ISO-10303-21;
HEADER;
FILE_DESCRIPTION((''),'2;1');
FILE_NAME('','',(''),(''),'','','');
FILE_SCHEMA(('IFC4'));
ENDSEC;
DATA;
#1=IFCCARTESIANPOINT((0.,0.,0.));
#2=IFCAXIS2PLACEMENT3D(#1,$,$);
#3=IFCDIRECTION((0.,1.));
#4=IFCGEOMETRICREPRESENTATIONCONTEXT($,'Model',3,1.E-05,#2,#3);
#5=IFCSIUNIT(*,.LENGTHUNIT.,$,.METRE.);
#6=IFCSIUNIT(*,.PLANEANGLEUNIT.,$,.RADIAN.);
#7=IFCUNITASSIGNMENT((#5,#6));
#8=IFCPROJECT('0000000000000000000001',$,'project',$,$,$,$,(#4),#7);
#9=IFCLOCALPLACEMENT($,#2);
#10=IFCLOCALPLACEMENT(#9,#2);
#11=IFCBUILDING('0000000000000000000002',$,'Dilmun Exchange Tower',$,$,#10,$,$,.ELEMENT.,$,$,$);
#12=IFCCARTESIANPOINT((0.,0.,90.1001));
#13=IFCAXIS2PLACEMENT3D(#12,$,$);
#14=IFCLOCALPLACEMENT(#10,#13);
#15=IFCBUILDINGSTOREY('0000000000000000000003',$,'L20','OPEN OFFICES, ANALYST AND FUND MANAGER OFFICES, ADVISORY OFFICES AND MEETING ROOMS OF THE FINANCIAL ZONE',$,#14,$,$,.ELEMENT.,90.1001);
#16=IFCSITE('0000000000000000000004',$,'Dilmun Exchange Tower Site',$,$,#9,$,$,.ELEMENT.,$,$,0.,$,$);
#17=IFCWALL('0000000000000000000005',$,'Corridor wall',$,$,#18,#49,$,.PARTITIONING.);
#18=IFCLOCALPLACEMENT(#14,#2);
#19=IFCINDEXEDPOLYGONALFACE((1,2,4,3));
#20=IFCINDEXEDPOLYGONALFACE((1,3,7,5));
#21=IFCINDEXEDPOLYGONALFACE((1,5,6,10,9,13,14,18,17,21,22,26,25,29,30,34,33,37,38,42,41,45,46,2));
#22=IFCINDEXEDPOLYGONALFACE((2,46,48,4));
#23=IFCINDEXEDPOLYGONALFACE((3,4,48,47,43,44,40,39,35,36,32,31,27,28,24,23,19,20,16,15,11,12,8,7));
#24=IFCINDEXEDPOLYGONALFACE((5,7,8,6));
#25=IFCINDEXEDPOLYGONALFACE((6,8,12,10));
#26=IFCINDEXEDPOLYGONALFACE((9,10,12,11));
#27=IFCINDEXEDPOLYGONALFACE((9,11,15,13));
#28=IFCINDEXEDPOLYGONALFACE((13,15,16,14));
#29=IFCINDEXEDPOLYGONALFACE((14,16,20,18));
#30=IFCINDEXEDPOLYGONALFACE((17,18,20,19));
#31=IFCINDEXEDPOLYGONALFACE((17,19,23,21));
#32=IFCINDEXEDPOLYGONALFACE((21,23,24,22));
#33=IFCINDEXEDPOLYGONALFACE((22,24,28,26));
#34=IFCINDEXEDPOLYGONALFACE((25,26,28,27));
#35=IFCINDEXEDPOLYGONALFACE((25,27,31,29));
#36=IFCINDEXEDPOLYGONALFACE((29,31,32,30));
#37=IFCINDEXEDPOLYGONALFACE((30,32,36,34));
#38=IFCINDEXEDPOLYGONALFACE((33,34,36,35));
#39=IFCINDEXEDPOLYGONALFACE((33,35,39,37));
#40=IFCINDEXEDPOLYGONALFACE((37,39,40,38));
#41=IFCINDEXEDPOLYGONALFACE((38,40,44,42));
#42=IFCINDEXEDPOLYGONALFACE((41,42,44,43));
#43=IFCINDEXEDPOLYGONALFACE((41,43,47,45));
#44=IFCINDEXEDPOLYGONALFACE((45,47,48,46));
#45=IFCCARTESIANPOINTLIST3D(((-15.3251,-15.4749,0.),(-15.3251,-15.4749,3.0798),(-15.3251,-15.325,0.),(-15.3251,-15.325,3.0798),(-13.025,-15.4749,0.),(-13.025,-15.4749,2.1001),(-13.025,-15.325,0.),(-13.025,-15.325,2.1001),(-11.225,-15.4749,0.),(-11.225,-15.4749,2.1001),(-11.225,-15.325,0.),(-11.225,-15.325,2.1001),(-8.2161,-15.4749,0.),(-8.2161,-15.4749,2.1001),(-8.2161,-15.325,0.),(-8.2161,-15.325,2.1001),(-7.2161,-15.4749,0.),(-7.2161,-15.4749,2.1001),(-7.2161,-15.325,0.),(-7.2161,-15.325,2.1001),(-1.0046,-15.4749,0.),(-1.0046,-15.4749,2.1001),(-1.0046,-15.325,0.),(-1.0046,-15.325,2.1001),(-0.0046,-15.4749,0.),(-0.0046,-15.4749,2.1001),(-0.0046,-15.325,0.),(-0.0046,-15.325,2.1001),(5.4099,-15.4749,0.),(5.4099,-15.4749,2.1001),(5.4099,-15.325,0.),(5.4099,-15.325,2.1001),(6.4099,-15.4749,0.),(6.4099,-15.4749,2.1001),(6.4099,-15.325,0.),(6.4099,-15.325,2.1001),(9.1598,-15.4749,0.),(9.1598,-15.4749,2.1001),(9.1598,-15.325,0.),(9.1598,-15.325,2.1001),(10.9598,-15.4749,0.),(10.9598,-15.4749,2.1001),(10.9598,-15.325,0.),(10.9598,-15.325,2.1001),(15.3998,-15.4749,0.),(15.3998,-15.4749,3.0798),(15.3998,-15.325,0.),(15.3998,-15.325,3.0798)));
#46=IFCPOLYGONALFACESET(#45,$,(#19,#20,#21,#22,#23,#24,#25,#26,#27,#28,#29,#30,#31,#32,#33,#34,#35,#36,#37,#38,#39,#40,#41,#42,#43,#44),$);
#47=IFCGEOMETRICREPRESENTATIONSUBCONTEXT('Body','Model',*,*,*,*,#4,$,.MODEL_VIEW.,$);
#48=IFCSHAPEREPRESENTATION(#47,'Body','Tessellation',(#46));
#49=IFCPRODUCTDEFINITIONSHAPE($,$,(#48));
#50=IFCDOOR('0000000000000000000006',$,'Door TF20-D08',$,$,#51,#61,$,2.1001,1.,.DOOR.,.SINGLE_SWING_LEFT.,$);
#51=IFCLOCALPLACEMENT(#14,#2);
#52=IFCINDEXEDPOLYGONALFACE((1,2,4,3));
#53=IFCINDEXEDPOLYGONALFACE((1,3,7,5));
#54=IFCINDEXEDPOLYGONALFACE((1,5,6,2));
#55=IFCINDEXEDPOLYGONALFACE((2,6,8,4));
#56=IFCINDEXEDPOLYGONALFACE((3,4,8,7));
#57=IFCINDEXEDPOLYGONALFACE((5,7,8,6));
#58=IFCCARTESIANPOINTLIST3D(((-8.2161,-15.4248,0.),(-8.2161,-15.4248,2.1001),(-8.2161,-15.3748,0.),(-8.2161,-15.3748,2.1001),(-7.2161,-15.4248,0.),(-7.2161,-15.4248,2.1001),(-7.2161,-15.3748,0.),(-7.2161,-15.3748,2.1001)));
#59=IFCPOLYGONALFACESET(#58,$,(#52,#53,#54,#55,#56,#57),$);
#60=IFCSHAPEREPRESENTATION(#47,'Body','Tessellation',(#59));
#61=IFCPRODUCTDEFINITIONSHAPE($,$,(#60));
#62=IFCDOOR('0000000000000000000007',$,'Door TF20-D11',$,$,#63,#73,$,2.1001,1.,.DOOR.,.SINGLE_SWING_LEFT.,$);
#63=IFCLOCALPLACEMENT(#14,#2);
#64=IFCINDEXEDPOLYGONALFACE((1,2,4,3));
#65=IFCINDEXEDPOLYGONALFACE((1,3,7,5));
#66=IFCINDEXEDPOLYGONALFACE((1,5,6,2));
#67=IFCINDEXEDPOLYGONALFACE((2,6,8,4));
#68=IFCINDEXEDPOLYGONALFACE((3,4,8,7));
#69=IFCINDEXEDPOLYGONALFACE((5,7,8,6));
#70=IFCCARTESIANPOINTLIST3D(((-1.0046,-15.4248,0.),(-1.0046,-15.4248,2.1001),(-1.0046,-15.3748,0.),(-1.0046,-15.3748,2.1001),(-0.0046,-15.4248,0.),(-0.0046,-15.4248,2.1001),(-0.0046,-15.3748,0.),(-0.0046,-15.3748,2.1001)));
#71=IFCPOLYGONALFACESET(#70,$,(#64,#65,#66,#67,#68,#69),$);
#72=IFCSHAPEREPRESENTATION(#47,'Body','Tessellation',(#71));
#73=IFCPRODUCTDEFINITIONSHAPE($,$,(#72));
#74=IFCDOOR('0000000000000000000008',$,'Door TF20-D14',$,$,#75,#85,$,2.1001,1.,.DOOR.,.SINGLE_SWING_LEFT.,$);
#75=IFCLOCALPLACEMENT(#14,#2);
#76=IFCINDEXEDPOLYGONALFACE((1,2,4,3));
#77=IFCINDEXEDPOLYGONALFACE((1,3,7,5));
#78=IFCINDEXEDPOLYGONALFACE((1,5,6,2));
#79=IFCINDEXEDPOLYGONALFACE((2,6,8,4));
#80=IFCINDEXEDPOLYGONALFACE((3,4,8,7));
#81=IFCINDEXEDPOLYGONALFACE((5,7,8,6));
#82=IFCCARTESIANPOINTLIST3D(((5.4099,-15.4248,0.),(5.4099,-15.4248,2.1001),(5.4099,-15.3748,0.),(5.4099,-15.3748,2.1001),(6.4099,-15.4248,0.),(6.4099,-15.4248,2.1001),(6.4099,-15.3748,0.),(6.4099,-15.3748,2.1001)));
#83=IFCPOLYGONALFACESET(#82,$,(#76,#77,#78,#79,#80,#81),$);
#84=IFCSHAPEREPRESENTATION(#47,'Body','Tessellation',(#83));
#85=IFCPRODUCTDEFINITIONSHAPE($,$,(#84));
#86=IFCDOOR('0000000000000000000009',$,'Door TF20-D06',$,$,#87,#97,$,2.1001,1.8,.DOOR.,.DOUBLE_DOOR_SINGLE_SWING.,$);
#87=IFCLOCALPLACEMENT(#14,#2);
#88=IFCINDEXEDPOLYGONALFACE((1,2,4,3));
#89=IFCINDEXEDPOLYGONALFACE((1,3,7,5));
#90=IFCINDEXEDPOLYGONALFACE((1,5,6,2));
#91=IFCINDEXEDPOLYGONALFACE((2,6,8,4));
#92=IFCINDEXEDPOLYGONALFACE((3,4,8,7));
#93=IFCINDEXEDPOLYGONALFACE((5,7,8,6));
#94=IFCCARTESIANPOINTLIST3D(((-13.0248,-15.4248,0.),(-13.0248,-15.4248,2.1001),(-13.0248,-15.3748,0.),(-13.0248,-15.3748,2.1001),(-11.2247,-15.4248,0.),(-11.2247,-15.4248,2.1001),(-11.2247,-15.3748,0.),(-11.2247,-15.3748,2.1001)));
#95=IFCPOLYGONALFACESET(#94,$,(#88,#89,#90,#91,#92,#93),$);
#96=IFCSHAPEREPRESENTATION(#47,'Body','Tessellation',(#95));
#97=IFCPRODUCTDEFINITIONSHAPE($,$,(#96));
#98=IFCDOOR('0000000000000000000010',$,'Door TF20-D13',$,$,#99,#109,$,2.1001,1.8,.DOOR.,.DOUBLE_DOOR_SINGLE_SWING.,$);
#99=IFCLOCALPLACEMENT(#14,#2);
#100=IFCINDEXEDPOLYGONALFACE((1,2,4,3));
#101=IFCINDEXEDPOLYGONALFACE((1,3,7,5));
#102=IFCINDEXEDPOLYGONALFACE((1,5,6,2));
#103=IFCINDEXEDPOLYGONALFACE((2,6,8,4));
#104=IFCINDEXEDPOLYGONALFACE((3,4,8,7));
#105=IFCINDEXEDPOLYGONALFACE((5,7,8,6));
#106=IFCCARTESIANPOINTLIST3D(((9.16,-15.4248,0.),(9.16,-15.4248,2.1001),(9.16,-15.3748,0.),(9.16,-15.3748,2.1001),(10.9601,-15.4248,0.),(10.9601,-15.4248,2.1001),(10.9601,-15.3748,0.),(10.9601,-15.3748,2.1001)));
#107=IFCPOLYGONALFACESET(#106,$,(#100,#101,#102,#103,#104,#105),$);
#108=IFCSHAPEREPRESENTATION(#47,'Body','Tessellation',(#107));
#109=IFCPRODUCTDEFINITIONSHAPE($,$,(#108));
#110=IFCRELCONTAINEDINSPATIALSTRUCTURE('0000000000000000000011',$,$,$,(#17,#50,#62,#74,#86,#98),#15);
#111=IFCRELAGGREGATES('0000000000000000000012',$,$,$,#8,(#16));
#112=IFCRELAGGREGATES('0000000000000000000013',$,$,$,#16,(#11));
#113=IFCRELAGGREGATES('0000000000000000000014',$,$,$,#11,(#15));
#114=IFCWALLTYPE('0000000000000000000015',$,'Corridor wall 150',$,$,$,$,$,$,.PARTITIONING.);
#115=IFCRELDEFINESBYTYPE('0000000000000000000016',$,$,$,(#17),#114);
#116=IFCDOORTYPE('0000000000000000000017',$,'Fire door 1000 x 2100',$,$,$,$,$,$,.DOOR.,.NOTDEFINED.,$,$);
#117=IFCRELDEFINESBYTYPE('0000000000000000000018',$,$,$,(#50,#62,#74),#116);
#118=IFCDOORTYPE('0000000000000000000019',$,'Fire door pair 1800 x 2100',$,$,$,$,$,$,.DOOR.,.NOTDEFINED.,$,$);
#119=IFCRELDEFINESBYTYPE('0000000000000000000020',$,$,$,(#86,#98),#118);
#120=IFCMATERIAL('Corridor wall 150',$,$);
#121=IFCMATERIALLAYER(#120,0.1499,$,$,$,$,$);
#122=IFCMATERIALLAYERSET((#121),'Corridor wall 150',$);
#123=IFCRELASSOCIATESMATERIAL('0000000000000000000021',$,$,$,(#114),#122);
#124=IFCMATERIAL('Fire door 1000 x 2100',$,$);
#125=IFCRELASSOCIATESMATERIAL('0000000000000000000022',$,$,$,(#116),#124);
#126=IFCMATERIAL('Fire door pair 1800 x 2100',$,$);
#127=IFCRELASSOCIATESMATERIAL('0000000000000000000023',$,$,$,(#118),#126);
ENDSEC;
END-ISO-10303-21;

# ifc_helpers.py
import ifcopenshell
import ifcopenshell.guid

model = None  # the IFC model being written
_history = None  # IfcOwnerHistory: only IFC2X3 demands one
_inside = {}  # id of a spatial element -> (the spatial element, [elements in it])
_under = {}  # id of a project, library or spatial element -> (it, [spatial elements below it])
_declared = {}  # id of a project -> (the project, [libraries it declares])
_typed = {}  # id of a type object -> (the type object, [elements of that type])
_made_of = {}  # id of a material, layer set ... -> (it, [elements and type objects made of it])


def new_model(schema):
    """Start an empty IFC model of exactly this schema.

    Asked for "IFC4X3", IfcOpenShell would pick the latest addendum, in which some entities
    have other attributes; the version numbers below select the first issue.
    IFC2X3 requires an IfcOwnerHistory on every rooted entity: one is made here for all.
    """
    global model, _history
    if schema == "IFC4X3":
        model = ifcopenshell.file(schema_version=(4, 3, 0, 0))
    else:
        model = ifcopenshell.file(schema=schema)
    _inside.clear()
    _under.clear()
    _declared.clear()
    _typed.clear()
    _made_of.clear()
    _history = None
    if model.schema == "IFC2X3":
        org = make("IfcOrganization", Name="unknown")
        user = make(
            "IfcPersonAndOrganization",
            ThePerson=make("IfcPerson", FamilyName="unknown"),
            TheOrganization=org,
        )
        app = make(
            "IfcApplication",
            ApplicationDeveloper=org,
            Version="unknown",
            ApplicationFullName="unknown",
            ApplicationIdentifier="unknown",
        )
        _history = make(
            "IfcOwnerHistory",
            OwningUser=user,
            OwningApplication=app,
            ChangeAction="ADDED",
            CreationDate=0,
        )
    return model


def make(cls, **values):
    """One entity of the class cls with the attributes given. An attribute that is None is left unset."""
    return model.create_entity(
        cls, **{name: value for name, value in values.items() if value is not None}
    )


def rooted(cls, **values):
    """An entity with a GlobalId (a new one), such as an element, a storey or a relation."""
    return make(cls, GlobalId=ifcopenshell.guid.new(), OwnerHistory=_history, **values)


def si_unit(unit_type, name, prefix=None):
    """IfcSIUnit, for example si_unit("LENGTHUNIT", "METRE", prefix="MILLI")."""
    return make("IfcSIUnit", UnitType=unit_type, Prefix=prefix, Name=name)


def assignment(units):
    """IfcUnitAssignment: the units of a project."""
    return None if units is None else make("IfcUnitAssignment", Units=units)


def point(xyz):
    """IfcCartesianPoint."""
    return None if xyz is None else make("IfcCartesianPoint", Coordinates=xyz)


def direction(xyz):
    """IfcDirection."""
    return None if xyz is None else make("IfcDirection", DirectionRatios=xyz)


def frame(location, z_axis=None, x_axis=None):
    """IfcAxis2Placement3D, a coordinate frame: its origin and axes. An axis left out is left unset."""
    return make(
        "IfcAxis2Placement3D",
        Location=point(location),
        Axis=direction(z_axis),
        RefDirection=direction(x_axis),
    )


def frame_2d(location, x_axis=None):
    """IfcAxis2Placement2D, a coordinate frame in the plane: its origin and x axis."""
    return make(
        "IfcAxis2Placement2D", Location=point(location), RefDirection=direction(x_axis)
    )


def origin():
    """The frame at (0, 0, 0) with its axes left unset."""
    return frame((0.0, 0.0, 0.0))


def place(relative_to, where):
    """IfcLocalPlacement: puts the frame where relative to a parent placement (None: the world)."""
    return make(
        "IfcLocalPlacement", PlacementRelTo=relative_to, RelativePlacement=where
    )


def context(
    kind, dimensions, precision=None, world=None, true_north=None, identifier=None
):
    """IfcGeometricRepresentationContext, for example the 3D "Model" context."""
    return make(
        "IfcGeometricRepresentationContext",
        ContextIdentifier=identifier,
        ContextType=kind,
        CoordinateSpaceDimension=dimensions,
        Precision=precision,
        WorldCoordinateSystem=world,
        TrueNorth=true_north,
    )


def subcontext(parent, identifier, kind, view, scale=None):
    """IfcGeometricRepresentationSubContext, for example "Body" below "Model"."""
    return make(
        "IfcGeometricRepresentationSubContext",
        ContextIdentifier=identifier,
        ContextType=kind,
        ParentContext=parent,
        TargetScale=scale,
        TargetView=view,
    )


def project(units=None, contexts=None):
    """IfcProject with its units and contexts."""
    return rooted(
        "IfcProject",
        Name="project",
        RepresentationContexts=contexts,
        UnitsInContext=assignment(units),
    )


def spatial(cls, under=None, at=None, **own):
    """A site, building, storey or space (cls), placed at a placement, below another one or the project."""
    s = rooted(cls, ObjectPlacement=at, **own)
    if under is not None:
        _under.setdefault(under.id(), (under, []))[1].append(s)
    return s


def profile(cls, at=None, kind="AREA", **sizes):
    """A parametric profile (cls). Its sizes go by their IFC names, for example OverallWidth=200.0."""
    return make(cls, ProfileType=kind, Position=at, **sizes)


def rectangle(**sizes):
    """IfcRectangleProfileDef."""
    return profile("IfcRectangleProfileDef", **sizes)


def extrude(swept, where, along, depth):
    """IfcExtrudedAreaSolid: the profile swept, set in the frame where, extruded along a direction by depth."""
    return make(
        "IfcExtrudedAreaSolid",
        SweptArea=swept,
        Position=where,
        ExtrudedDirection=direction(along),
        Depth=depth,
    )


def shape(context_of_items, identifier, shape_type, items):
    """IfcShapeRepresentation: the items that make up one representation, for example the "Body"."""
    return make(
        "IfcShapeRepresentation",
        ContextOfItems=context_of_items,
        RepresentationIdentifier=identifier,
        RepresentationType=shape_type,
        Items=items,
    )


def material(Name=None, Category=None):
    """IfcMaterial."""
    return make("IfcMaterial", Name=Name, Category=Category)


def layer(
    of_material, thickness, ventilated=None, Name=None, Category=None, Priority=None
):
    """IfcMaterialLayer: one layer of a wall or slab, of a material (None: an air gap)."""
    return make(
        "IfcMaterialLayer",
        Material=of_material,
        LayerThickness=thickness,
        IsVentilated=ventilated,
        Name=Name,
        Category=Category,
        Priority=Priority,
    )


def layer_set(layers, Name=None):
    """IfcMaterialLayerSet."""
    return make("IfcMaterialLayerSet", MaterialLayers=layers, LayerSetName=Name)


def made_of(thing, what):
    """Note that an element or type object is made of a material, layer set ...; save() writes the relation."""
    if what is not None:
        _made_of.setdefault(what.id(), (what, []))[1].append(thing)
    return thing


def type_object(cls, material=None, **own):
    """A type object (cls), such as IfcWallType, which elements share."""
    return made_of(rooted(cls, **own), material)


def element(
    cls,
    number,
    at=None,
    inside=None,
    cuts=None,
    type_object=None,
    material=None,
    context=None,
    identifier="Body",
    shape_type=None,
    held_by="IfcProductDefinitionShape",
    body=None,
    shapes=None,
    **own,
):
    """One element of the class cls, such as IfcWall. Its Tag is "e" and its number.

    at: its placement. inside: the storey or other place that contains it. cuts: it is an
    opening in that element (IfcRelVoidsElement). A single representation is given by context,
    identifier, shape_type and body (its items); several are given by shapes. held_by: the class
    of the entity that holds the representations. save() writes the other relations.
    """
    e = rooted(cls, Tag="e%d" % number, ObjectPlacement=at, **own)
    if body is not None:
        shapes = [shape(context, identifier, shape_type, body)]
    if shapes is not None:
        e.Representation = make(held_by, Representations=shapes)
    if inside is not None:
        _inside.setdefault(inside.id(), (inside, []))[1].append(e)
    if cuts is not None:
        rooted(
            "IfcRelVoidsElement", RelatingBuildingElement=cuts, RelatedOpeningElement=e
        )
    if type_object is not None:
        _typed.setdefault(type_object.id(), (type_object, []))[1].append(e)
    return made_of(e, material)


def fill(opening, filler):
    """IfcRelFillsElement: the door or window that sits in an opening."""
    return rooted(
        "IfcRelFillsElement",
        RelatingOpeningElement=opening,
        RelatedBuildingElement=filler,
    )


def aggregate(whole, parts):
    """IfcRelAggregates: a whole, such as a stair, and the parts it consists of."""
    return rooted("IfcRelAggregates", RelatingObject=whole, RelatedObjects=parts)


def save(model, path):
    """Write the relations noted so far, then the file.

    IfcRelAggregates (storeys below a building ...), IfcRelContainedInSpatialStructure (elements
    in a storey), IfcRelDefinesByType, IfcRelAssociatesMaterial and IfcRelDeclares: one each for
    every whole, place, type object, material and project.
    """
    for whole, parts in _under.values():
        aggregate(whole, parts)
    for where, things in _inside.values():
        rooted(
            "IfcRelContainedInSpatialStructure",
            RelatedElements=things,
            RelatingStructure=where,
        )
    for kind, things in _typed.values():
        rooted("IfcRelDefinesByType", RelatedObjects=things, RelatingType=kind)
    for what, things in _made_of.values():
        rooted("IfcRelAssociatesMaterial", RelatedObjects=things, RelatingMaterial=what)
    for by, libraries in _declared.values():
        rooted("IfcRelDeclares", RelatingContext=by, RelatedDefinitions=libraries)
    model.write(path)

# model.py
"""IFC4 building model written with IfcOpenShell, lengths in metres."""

from ifc_helpers import new_model, si_unit, direction, frame, frame_2d, origin, place, context, subcontext, project, spatial, rectangle, extrude, material, layer, layer_set, type_object, element, fill, save


model = new_model("IFC4")

# Units and contexts
model_context = context("Model", 3, precision=1e-05, world=origin(), true_north=direction((0.0, 1.0)))
body_context = subcontext(model_context, "Body", "Model", "MODEL_VIEW")
ifc_project = project(units=[si_unit("LENGTHUNIT", "METRE"), si_unit("PLANEANGLEUNIT", "RADIAN")], contexts=[model_context])

# Site, building, storey
site_placement = place(None, origin())
site = spatial("IfcSite", under=ifc_project, at=site_placement, Name="Dilmun Exchange Tower Site", CompositionType="ELEMENT", RefElevation=0.0)
building_placement = place(site_placement, origin())
building = spatial("IfcBuilding", under=site, at=building_placement, Name="Dilmun Exchange Tower", CompositionType="ELEMENT")
storey_placement = place(building_placement, frame((0.0, 0.0, 90.1001)))
storey = spatial("IfcBuildingStorey", under=building, at=storey_placement, Name="L20", Description="OPEN OFFICES, ANALYST AND FUND MANAGER OFFICES, ADVISORY OFFICES AND MEETING ROOMS OF THE FINANCIAL ZONE", CompositionType="ELEMENT", Elevation=90.1001)

# Wall, openings, doors
ifc_material_1 = material(Name="Corridor wall 150")
ifc_layer = layer(ifc_material_1, 0.1499)
ifc_layer_set = layer_set([ifc_layer], Name="Corridor wall 150")
wall_type = type_object("IfcWallType", Name="Corridor wall 150", PredefinedType="PARTITIONING", material=ifc_layer_set)
ifc_material_2 = material(Name="Fire door 1000 x 2100")
door_type_1 = type_object("IfcDoorType", Name="Fire door 1000 x 2100", OperationType="NOTDEFINED", PredefinedType="DOOR", material=ifc_material_2)
ifc_material_3 = material(Name="Fire door pair 1800 x 2100")
door_type_2 = type_object("IfcDoorType", Name="Fire door pair 1800 x 2100", OperationType="NOTDEFINED", PredefinedType="DOOR", material=ifc_material_3)
wall_1_placement = place(storey_placement, frame((-15.325, -15.3999, 0.0), z_axis=(0.0, 0.0, 1.0), x_axis=(1.0, 0.0, 0.0)))
wall_1 = element("IfcWall", 1, at=wall_1_placement, inside=storey, type_object=wall_type, Name="Corridor wall", PredefinedType="PARTITIONING", context=body_context, shape_type="SweptSolid", body=[
    extrude(rectangle(XDim=30.7249, YDim=0.1499, at=frame_2d((15.3623, 0.0))), origin(), (0.0, 0.0, 1.0), 3.0798),
])
opening_1_placement = place(wall_1_placement, frame((2.3, 0.0, 0.0)))
opening_1 = element("IfcOpeningElement", 2, at=opening_1_placement, cuts=wall_1, PredefinedType="OPENING", context=body_context, shape_type="SweptSolid", body=[
    extrude(rectangle(XDim=1.8, YDim=2.1001, at=frame_2d((0.8999, 1.05))), frame((0.0, 0.085, 0.0), z_axis=(0.0, -1.0, 0.0), x_axis=(1.0, 0.0, 0.0)), (0.0, 0.0, 1.0), 0.1699),
])
opening_2_placement = place(wall_1_placement, frame((7.1089, 0.0, 0.0)))
opening_2 = element("IfcOpeningElement", 3, at=opening_2_placement, cuts=wall_1, PredefinedType="OPENING", context=body_context, shape_type="SweptSolid", body=[
    extrude(rectangle(XDim=1.0, YDim=2.1001, at=frame_2d((0.5, 1.05))), frame((0.0, 0.085, 0.0), z_axis=(0.0, -1.0, 0.0), x_axis=(1.0, 0.0, 0.0)), (0.0, 0.0, 1.0), 0.1699),
])
opening_3_placement = place(wall_1_placement, frame((14.3203, 0.0, 0.0)))
opening_3 = element("IfcOpeningElement", 4, at=opening_3_placement, cuts=wall_1, PredefinedType="OPENING", context=body_context, shape_type="SweptSolid", body=[
    extrude(rectangle(XDim=1.0, YDim=2.1001, at=frame_2d((0.5, 1.05))), frame((0.0, 0.085, 0.0), z_axis=(0.0, -1.0, 0.0), x_axis=(1.0, 0.0, 0.0)), (0.0, 0.0, 1.0), 0.1699),
])
opening_4_placement = place(wall_1_placement, frame((24.4849, 0.0, 0.0)))
opening_4 = element("IfcOpeningElement", 5, at=opening_4_placement, cuts=wall_1, PredefinedType="OPENING", context=body_context, shape_type="SweptSolid", body=[
    extrude(rectangle(XDim=1.8, YDim=2.1001, at=frame_2d((0.8999, 1.05))), frame((0.0, 0.085, 0.0), z_axis=(0.0, -1.0, 0.0), x_axis=(1.0, 0.0, 0.0)), (0.0, 0.0, 1.0), 0.1699),
])
opening_5_placement = place(wall_1_placement, frame((20.7349, 0.0, 0.0)))
opening_5 = element("IfcOpeningElement", 6, at=opening_5_placement, cuts=wall_1, PredefinedType="OPENING", context=body_context, shape_type="SweptSolid", body=[
    extrude(rectangle(XDim=1.0, YDim=2.1001, at=frame_2d((0.5, 1.05))), frame((0.0, 0.085, 0.0), z_axis=(0.0, -1.0, 0.0), x_axis=(1.0, 0.0, 0.0)), (0.0, 0.0, 1.0), 0.1699),
])
door_1_placement = place(opening_2_placement, frame((1.0, 0.0, 0.0), z_axis=(0.0, 0.0, 1.0), x_axis=(-1.0, 0.0, 0.0)))
door_1 = element("IfcDoor", 7, at=door_1_placement, inside=storey, type_object=door_type_1, Name="Door TF20-D08", OperationType="SINGLE_SWING_LEFT", OverallHeight=2.1001, OverallWidth=1.0, PredefinedType="DOOR", context=body_context, shape_type="SweptSolid", body=[
    extrude(rectangle(XDim=1.0, YDim=2.1001, at=frame_2d((0.5, 1.05))), frame((0.0, 0.0249, 0.0), z_axis=(0.0, -1.0, 0.0), x_axis=(1.0, 0.0, 0.0)), (0.0, 0.0, 1.0), 0.05),
])
fill(opening_2, door_1)
door_2_placement = place(opening_3_placement, frame((1.0, 0.0, 0.0), z_axis=(0.0, 0.0, 1.0), x_axis=(-1.0, 0.0, 0.0)))
door_2 = element("IfcDoor", 8, at=door_2_placement, inside=storey, type_object=door_type_1, Name="Door TF20-D11", OperationType="SINGLE_SWING_LEFT", OverallHeight=2.1001, OverallWidth=1.0, PredefinedType="DOOR", context=body_context, shape_type="SweptSolid", body=[
    extrude(rectangle(XDim=1.0, YDim=2.1001, at=frame_2d((0.5, 1.05))), frame((0.0, 0.0249, 0.0), z_axis=(0.0, -1.0, 0.0), x_axis=(1.0, 0.0, 0.0)), (0.0, 0.0, 1.0), 0.05),
])
fill(opening_3, door_2)
door_3_placement = place(opening_5_placement, frame((1.0, 0.0, 0.0), z_axis=(0.0, 0.0, 1.0), x_axis=(-1.0, 0.0, 0.0)))
door_3 = element("IfcDoor", 9, at=door_3_placement, inside=storey, type_object=door_type_1, Name="Door TF20-D14", OperationType="SINGLE_SWING_LEFT", OverallHeight=2.1001, OverallWidth=1.0, PredefinedType="DOOR", context=body_context, shape_type="SweptSolid", body=[
    extrude(rectangle(XDim=1.0, YDim=2.1001, at=frame_2d((0.5, 1.05))), frame((0.0, 0.0249, 0.0), z_axis=(0.0, -1.0, 0.0), x_axis=(1.0, 0.0, 0.0)), (0.0, 0.0, 1.0), 0.05),
])
fill(opening_5, door_3)
door_4_placement = place(opening_1_placement, frame((1.8, 0.0, 0.0), z_axis=(0.0, 0.0, 1.0), x_axis=(-1.0, 0.0, 0.0)))
door_4 = element("IfcDoor", 10, at=door_4_placement, inside=storey, type_object=door_type_2, Name="Door TF20-D06", OperationType="DOUBLE_DOOR_SINGLE_SWING", OverallHeight=2.1001, OverallWidth=1.8, PredefinedType="DOOR", context=body_context, shape_type="SweptSolid", body=[
    extrude(rectangle(XDim=1.8, YDim=2.1001, at=frame_2d((0.8999, 1.05))), frame((0.0, 0.0249, 0.0), z_axis=(0.0, -1.0, 0.0), x_axis=(1.0, 0.0, 0.0)), (0.0, 0.0, 1.0), 0.05),
])
fill(opening_1, door_4)
door_5_placement = place(opening_4_placement, frame((1.8, 0.0, 0.0), z_axis=(0.0, 0.0, 1.0), x_axis=(-1.0, 0.0, 0.0)))
door_5 = element("IfcDoor", 11, at=door_5_placement, inside=storey, type_object=door_type_2, Name="Door TF20-D13", OperationType="DOUBLE_DOOR_SINGLE_SWING", OverallHeight=2.1001, OverallWidth=1.8, PredefinedType="DOOR", context=body_context, shape_type="SweptSolid", body=[
    extrude(rectangle(XDim=1.8, YDim=2.1001, at=frame_2d((0.8999, 1.05))), frame((0.0, 0.0249, 0.0), z_axis=(0.0, -1.0, 0.0), x_axis=(1.0, 0.0, 0.0)), (0.0, 0.0, 1.0), 0.05),
])
fill(opening_4, door_5)

save(model, "model.ifc")
